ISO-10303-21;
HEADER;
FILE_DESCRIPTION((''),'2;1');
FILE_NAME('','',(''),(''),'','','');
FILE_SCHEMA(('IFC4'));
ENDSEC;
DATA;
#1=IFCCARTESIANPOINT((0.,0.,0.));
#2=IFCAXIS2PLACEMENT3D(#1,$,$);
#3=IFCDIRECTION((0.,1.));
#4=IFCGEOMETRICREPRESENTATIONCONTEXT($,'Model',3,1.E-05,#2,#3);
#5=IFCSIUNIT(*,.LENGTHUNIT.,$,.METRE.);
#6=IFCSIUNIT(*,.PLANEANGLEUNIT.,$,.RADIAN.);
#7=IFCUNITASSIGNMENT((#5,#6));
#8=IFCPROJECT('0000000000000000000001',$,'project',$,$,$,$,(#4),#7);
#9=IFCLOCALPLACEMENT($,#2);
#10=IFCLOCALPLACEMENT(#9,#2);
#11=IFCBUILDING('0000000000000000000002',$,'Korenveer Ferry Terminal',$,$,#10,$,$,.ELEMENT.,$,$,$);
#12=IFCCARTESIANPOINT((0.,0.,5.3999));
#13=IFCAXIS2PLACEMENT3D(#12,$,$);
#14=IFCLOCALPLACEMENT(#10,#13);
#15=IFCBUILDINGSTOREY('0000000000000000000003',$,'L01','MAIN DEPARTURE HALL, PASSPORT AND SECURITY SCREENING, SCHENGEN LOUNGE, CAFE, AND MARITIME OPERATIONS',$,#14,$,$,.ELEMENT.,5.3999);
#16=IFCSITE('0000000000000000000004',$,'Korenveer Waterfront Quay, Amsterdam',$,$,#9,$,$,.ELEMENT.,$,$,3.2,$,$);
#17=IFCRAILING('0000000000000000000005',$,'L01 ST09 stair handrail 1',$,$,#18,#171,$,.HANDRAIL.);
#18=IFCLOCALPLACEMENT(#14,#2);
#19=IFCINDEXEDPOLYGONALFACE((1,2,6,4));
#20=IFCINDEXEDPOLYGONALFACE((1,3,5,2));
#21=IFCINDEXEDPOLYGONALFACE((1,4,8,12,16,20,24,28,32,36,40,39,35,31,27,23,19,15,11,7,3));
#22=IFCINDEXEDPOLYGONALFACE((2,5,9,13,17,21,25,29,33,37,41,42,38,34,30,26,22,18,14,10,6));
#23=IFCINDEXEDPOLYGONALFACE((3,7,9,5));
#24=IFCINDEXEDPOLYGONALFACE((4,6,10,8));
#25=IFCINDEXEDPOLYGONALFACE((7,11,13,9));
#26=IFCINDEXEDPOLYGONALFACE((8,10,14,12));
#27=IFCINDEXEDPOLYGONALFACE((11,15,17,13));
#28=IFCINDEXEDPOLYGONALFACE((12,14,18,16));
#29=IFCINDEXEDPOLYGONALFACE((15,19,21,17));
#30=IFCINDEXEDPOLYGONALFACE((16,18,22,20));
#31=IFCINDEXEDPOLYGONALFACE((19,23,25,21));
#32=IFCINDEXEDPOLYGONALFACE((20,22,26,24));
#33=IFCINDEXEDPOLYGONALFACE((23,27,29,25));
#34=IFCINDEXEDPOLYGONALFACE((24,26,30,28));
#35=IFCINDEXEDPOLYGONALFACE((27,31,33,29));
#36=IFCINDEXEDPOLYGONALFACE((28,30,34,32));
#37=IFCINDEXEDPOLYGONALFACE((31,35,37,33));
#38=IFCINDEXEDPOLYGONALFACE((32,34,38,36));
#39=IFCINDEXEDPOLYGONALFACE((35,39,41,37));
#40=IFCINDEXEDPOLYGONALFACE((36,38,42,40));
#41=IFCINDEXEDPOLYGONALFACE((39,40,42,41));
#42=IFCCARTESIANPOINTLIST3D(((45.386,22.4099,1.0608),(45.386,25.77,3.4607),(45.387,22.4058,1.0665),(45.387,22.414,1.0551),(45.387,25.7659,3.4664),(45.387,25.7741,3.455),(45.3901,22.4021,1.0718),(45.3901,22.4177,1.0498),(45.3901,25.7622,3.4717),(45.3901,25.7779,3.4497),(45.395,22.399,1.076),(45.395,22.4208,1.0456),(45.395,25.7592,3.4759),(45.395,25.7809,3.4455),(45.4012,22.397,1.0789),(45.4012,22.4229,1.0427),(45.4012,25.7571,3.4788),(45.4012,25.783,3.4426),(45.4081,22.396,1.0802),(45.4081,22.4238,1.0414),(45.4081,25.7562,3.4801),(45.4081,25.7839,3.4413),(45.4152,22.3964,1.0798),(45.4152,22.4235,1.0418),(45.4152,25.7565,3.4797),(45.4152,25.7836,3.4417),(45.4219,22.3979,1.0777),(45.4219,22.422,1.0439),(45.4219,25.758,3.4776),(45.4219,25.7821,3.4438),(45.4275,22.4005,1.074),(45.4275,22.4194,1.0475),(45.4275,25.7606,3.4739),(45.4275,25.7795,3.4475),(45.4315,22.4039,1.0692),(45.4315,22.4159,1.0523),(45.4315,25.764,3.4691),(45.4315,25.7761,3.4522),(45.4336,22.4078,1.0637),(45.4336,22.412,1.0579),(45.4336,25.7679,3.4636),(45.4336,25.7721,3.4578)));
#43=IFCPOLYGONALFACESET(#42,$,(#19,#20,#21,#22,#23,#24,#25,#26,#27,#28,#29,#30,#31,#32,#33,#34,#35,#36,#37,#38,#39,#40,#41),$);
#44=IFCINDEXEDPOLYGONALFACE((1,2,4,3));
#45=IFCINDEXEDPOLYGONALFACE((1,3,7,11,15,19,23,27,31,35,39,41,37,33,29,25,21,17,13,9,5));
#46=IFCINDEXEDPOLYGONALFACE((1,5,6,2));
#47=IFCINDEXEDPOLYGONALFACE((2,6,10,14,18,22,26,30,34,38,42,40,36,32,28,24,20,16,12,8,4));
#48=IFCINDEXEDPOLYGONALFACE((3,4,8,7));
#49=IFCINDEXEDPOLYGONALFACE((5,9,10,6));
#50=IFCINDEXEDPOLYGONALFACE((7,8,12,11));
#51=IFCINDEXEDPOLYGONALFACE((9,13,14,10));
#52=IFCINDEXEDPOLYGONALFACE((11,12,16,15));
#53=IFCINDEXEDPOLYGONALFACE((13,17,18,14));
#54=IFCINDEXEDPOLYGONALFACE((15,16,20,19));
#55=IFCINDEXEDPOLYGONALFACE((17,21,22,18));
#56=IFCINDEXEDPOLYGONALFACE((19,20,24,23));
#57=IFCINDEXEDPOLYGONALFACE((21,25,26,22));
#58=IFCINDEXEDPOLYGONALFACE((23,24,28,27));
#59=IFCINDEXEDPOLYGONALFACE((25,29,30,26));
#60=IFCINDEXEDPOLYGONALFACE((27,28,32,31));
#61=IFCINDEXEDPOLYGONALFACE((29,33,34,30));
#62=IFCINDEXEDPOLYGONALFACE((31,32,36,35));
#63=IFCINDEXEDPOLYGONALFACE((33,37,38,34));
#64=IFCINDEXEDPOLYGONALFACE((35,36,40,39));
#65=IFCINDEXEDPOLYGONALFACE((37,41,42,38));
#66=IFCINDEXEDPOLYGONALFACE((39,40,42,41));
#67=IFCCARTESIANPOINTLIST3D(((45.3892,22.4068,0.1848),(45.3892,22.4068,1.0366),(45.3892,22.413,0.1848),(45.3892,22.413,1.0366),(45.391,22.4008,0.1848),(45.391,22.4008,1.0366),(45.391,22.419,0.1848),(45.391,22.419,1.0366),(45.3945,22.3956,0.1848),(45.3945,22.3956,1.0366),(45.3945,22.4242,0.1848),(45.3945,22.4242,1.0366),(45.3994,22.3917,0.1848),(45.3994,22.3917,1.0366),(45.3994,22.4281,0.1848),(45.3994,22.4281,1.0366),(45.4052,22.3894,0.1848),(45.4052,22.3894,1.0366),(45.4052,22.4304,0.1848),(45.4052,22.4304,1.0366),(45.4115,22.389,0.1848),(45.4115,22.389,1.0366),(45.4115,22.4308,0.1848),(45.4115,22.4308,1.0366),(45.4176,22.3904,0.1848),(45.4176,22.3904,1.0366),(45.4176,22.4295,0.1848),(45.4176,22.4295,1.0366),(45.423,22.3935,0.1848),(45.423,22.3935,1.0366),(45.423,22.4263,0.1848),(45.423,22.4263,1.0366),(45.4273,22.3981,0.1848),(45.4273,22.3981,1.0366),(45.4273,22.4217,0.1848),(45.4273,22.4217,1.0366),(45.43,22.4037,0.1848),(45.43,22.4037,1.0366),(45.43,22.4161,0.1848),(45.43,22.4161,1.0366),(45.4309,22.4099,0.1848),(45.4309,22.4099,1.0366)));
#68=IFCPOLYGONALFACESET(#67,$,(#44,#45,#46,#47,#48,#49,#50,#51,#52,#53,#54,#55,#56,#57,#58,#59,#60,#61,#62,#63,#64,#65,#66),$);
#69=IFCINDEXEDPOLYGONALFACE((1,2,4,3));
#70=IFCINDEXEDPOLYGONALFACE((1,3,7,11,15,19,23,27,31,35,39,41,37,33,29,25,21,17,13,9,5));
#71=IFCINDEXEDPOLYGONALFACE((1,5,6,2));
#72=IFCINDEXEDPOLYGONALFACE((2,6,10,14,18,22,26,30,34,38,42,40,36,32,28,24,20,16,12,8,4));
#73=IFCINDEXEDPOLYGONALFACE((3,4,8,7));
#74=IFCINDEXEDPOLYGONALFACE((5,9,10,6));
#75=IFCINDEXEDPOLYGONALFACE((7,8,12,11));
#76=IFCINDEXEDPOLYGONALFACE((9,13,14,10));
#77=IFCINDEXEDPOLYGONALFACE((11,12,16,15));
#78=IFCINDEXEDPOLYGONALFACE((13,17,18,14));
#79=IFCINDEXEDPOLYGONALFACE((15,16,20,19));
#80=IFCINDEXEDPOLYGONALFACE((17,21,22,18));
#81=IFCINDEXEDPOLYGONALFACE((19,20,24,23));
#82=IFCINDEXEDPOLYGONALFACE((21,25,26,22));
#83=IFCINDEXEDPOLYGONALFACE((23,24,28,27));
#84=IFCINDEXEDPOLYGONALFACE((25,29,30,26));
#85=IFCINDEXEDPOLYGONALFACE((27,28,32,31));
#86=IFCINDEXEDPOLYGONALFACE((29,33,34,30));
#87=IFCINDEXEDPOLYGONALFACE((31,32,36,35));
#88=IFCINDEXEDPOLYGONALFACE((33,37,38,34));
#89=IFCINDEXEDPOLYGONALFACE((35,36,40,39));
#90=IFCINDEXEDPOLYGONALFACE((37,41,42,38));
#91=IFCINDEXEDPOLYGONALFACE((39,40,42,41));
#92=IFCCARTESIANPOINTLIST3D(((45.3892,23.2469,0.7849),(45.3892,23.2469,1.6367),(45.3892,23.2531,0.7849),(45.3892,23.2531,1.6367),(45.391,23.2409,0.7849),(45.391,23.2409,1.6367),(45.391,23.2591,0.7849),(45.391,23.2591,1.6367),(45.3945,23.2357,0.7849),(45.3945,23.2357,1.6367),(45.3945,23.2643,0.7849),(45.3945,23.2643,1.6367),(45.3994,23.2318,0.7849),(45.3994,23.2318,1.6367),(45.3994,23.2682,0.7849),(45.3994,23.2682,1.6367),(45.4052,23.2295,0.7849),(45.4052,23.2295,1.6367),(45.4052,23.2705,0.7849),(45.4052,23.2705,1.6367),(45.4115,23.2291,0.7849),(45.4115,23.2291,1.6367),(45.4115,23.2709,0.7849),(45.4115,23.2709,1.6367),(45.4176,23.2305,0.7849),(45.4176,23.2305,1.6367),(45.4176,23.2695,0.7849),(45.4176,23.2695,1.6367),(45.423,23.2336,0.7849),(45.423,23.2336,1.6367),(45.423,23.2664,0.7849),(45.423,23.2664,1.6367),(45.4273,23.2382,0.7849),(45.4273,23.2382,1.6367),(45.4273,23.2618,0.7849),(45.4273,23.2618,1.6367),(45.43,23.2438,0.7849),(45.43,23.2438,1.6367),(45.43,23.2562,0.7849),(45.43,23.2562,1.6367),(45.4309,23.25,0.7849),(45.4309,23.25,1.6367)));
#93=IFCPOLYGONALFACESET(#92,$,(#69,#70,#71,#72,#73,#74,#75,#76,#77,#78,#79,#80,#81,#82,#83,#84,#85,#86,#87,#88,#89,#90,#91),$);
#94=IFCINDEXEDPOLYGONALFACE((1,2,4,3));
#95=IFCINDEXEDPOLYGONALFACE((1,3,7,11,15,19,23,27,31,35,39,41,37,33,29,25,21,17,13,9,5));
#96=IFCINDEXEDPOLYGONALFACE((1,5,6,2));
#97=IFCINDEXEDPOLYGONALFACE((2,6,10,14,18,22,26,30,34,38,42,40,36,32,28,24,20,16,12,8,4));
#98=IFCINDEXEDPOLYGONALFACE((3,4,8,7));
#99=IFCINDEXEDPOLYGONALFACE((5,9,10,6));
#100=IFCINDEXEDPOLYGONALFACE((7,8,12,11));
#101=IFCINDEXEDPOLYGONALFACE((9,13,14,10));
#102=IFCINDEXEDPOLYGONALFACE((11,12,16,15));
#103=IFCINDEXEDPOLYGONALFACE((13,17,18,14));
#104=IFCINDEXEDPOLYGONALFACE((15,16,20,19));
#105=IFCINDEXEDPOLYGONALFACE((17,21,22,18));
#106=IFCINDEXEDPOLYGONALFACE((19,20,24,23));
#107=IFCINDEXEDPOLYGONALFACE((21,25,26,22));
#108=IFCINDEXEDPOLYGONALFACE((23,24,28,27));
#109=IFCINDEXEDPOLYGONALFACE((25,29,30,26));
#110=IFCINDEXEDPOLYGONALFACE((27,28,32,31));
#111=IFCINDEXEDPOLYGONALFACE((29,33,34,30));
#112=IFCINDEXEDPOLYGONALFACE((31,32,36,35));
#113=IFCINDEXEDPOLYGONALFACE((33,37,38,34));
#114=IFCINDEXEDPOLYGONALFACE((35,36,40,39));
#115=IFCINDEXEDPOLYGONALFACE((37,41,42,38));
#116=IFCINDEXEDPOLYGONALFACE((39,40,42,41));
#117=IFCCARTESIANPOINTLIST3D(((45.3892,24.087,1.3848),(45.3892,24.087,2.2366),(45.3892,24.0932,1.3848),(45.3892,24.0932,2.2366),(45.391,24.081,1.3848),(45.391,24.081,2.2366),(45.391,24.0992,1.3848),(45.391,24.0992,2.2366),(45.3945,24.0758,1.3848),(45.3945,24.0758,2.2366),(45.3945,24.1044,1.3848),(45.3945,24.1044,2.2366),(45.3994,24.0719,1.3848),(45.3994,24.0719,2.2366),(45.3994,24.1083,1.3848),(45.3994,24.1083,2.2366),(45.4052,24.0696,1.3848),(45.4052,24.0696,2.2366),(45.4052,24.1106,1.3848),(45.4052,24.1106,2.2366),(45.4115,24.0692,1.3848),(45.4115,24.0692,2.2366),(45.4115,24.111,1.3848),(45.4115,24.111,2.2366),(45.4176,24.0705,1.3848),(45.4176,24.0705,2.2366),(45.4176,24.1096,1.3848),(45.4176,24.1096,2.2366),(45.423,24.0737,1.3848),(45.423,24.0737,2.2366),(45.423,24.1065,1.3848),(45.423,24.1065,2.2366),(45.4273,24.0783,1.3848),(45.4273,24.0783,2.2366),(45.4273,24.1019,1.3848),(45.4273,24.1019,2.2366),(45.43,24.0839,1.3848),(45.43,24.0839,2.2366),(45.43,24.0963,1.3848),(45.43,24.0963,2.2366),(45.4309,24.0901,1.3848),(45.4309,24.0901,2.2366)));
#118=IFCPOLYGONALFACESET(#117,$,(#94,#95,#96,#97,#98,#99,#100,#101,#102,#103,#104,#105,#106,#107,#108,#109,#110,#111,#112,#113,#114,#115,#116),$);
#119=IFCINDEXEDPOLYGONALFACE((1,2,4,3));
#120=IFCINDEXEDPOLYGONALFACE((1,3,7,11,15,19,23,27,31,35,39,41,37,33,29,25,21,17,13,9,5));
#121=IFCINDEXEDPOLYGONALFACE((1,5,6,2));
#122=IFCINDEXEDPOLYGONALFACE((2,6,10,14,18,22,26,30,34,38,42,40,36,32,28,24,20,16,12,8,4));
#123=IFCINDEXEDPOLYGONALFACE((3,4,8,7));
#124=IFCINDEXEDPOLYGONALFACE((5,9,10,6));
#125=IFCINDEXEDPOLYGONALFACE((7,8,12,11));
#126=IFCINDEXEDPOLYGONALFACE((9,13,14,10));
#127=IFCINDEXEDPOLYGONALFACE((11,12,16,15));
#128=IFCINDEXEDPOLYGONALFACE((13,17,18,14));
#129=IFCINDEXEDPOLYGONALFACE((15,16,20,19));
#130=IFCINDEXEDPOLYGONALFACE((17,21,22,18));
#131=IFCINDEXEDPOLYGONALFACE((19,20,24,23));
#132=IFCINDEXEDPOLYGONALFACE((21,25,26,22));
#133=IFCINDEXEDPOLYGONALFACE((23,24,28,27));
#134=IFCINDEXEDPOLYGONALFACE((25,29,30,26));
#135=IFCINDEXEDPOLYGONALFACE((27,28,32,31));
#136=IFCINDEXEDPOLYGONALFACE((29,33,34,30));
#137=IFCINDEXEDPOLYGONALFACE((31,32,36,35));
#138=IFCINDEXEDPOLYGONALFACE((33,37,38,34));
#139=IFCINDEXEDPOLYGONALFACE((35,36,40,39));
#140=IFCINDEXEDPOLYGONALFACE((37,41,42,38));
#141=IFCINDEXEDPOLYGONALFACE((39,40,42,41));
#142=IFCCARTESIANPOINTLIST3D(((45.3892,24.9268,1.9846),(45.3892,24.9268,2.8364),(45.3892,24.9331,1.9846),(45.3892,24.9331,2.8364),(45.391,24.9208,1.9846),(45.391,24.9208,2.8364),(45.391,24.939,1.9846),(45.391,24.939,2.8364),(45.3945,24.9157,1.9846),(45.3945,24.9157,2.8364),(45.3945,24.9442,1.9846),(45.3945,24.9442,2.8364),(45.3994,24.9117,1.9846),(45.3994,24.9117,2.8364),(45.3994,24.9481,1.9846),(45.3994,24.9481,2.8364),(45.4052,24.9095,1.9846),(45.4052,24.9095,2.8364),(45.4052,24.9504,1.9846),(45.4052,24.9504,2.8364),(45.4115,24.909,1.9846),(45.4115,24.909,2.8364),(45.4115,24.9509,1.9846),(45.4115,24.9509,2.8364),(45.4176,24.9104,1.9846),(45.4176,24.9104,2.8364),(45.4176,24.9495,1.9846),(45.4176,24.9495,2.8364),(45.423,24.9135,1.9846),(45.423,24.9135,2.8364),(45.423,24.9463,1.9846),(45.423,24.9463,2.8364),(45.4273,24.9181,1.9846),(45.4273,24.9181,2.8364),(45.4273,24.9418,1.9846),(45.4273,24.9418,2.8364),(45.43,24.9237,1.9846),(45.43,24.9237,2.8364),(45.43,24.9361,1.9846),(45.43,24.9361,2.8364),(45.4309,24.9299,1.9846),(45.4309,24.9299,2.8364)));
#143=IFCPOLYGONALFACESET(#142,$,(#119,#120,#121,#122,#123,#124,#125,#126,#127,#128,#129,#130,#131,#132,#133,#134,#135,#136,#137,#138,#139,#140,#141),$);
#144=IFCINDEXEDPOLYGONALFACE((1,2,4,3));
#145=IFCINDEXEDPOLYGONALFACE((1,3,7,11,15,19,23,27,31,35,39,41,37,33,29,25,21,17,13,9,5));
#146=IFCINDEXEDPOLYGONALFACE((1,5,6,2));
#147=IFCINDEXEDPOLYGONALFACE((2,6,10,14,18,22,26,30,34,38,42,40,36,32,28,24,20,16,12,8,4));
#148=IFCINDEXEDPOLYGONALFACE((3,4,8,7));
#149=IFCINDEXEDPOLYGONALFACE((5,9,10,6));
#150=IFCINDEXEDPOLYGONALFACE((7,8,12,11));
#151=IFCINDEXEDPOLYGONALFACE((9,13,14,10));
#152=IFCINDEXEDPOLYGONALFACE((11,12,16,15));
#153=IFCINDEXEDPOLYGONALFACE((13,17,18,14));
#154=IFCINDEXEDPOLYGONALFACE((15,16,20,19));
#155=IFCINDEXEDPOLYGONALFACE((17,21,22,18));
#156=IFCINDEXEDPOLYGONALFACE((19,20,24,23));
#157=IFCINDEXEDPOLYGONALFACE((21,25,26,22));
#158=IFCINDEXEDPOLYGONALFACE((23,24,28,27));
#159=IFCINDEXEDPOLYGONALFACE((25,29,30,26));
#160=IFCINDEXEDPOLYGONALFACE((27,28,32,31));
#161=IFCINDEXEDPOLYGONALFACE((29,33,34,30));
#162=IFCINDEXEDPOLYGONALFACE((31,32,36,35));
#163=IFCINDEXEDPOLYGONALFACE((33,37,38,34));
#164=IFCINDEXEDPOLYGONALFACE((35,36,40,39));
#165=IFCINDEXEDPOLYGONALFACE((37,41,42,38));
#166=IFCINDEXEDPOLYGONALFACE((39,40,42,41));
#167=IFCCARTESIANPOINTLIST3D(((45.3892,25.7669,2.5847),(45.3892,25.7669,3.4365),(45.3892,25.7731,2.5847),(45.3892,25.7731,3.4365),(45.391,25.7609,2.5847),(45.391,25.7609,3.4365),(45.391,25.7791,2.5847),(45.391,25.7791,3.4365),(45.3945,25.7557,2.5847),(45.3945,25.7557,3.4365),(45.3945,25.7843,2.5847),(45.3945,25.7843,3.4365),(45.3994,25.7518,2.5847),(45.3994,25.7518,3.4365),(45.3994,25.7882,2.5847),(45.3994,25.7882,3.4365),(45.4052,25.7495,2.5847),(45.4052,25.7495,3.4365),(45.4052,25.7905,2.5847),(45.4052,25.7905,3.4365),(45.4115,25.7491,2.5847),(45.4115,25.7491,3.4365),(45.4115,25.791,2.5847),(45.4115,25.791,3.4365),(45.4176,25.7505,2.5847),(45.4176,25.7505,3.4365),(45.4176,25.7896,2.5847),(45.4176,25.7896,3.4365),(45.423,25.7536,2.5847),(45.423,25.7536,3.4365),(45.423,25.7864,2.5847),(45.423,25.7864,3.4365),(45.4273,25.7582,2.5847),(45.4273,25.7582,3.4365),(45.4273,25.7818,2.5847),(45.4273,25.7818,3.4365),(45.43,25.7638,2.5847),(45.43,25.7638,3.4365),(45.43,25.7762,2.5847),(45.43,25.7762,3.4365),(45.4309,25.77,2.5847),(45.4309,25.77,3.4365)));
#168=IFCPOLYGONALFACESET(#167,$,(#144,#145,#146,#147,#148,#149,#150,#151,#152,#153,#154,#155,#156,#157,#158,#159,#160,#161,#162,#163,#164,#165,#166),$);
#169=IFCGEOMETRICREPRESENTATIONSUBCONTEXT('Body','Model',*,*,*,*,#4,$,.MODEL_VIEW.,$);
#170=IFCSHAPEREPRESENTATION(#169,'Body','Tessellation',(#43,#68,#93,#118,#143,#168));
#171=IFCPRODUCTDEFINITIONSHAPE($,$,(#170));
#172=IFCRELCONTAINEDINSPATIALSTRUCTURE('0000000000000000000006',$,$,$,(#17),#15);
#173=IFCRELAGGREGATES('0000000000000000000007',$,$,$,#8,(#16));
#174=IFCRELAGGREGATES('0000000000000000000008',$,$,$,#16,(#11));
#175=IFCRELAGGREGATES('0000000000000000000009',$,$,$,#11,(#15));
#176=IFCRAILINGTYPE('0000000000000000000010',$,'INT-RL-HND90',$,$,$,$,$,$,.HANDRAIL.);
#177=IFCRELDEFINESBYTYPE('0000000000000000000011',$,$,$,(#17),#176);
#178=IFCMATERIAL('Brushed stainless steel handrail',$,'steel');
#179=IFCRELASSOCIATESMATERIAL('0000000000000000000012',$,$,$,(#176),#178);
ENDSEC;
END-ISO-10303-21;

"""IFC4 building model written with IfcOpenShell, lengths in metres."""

from ifc_helpers import new_model, si_unit, direction, frame, origin, origin_2d, place, context, subcontext, project, spatial, circle, extrude, material, type_object, element, save


model = new_model("IFC4")

# Units and contexts
model_context = context("Model", 3, precision=1e-05, world=origin(), true_north=direction((0.0, 1.0)))
body_context = subcontext(model_context, "Body", "Model", "MODEL_VIEW")
ifc_project = project(units=[si_unit("LENGTHUNIT", "METRE"), si_unit("PLANEANGLEUNIT", "RADIAN")], contexts=[model_context])

# Site, building, storey
site_placement = place(None, origin())
site = spatial("IfcSite", under=ifc_project, at=site_placement, Name="Korenveer Waterfront Quay, Amsterdam", CompositionType="ELEMENT", RefElevation=3.2)
building_placement = place(site_placement, origin())
building = spatial("IfcBuilding", under=site, at=building_placement, Name="Korenveer Ferry Terminal", CompositionType="ELEMENT")
storey_placement = place(building_placement, frame((0.0, 0.0, 5.3999)))
storey = spatial("IfcBuildingStorey", under=building, at=storey_placement, Name="L01", Description="MAIN DEPARTURE HALL, PASSPORT AND SECURITY SCREENING, SCHENGEN LOUNGE, CAFE, AND MARITIME OPERATIONS", CompositionType="ELEMENT", Elevation=5.3999)

# Railing
ifc_material_1 = material(Name="Brushed stainless steel handrail", Category="steel")
railing_type_1 = type_object("IfcRailingType", Name="INT-RL-HND90", PredefinedType="HANDRAIL", material=ifc_material_1)
railing_1_placement = place(storey_placement, frame((45.4099, 22.4099, 0.1848)))
element("IfcRailing", 1, at=railing_1_placement, inside=storey, type_object=railing_type_1, Name="L01 ST09 stair handrail 1", PredefinedType="HANDRAIL", context=body_context, shape_type="SweptSolid", body=[
    extrude(circle(Radius=0.0239, at=origin_2d()), frame((0.0, 0.0, 0.876), z_axis=(0.0, 0.813753, 0.58121), x_axis=(-1.0, 0.0, 0.0)), (0.0, 0.0, 1.0), 4.1292),
    extrude(circle(Radius=0.021, at=origin_2d()), origin(), (0.0, 0.0, 1.0), 0.8518),
    extrude(circle(Radius=0.021, at=origin_2d()), frame((0.0, 0.8401, 0.6001)), (0.0, 0.0, 1.0), 0.8518),
    extrude(circle(Radius=0.021, at=origin_2d()), frame((0.0, 1.6802, 1.2)), (0.0, 0.0, 1.0), 0.8518),
    extrude(circle(Radius=0.021, at=origin_2d()), frame((0.0, 2.52, 1.7998)), (0.0, 0.0, 1.0), 0.8518),
    extrude(circle(Radius=0.021, at=origin_2d()), frame((0.0, 3.3601, 2.3999)), (0.0, 0.0, 1.0), 0.8518),
])

save(model, "model.ifc")
